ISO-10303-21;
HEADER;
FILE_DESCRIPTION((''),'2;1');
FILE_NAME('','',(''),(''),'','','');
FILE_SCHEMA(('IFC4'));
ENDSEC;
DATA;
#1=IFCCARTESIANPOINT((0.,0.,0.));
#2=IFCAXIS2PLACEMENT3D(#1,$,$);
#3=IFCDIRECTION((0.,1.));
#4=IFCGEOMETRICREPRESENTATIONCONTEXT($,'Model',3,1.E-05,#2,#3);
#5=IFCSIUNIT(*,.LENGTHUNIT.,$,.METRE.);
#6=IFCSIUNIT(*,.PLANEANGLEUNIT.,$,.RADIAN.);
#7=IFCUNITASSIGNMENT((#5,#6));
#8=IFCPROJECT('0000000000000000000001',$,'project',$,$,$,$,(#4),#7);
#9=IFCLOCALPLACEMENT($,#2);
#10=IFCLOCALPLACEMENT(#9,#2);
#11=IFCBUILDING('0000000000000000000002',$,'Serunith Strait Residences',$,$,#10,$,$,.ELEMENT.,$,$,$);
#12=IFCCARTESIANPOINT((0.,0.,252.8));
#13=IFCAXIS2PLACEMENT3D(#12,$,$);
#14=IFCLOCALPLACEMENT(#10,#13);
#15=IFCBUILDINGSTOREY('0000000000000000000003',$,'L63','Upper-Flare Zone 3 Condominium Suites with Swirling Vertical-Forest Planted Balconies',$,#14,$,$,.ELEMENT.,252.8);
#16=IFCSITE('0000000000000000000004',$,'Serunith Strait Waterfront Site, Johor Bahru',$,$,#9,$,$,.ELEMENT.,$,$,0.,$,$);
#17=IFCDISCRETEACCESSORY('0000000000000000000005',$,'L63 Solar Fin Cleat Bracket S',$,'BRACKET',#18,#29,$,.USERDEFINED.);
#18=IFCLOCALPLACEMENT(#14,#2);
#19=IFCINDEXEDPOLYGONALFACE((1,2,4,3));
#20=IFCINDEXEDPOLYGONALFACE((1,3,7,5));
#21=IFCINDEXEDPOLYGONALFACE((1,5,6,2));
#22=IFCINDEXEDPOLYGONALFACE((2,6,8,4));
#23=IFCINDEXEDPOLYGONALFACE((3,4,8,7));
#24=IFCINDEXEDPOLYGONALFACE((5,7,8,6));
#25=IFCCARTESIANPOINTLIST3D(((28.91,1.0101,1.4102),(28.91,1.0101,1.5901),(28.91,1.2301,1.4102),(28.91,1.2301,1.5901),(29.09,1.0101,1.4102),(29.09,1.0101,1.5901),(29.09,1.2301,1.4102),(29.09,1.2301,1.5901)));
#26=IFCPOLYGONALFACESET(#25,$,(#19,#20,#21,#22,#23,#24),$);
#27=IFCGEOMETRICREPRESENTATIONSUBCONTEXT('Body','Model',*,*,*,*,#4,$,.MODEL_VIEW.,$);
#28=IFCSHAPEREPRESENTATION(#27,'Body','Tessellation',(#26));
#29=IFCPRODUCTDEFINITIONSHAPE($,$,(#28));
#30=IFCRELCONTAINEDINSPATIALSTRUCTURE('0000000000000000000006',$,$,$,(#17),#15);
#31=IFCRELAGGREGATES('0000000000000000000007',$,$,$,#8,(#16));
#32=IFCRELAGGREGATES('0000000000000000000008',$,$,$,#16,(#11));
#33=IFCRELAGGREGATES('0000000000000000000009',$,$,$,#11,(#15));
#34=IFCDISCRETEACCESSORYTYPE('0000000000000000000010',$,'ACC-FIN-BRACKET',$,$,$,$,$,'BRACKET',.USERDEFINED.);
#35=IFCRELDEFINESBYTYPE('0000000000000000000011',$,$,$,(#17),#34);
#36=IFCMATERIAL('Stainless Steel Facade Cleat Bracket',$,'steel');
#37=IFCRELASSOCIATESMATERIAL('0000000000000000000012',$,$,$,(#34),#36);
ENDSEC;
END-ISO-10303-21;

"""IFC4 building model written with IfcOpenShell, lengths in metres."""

from ifc_helpers import new_model, si_unit, direction, frame, origin, origin_2d, place, context, subcontext, project, spatial, rectangle, extrude, source, transform, mapped, material, type_object, element, save


model = new_model("IFC4")

# Units and contexts
model_context = context("Model", 3, precision=1e-05, world=origin(), true_north=direction((0.0, 1.0)))
body_context = subcontext(model_context, "Body", "Model", "MODEL_VIEW")
ifc_project = project(units=[si_unit("LENGTHUNIT", "METRE"), si_unit("PLANEANGLEUNIT", "RADIAN")], contexts=[model_context])

# Site, building, storey
site_placement = place(None, origin())
site = spatial("IfcSite", under=ifc_project, at=site_placement, Name="Serunith Strait Waterfront Site, Johor Bahru", CompositionType="ELEMENT", RefElevation=0.0)
building_placement = place(site_placement, origin())
building = spatial("IfcBuilding", under=site, at=building_placement, Name="Serunith Strait Residences", CompositionType="ELEMENT")
storey_placement = place(building_placement, frame((0.0, 0.0, 252.8)))
storey = spatial("IfcBuildingStorey", under=building, at=storey_placement, Name="L63", Description="Upper-Flare Zone 3 Condominium Suites with Swirling Vertical-Forest Planted Balconies", CompositionType="ELEMENT", Elevation=252.8)

# Discrete accessory
ifc_material_1 = material(Name="Stainless Steel Facade Cleat Bracket", Category="steel")
discrete_accessory_type = type_object("IfcDiscreteAccessoryType", Name="ACC-FIN-BRACKET", ElementType="BRACKET", PredefinedType="USERDEFINED", material=ifc_material_1)
shared_shape_1 = source(origin(), body_context, "Body", "SweptSolid", [
    extrude(rectangle(XDim=0.1799, YDim=0.22, at=origin_2d()), origin(), (0.0, 0.0, 1.0), 0.1799),
])
discrete_accessory_placement = place(storey_placement, frame((29.0, 1.1201, 1.4102), z_axis=(0.0, 0.0, 1.0), x_axis=(1.0, 0.0, 0.0)))
element("IfcDiscreteAccessory", 1, at=discrete_accessory_placement, inside=storey, type_object=discrete_accessory_type, Name="L63 Solar Fin Cleat Bracket S", ObjectType="BRACKET", PredefinedType="USERDEFINED", context=body_context, shape_type="MappedRepresentation", body=[
    mapped(shared_shape_1, transform((0.0, 0.0, 0.0), scale=1.0)),
])

save(model, "model.ifc")
